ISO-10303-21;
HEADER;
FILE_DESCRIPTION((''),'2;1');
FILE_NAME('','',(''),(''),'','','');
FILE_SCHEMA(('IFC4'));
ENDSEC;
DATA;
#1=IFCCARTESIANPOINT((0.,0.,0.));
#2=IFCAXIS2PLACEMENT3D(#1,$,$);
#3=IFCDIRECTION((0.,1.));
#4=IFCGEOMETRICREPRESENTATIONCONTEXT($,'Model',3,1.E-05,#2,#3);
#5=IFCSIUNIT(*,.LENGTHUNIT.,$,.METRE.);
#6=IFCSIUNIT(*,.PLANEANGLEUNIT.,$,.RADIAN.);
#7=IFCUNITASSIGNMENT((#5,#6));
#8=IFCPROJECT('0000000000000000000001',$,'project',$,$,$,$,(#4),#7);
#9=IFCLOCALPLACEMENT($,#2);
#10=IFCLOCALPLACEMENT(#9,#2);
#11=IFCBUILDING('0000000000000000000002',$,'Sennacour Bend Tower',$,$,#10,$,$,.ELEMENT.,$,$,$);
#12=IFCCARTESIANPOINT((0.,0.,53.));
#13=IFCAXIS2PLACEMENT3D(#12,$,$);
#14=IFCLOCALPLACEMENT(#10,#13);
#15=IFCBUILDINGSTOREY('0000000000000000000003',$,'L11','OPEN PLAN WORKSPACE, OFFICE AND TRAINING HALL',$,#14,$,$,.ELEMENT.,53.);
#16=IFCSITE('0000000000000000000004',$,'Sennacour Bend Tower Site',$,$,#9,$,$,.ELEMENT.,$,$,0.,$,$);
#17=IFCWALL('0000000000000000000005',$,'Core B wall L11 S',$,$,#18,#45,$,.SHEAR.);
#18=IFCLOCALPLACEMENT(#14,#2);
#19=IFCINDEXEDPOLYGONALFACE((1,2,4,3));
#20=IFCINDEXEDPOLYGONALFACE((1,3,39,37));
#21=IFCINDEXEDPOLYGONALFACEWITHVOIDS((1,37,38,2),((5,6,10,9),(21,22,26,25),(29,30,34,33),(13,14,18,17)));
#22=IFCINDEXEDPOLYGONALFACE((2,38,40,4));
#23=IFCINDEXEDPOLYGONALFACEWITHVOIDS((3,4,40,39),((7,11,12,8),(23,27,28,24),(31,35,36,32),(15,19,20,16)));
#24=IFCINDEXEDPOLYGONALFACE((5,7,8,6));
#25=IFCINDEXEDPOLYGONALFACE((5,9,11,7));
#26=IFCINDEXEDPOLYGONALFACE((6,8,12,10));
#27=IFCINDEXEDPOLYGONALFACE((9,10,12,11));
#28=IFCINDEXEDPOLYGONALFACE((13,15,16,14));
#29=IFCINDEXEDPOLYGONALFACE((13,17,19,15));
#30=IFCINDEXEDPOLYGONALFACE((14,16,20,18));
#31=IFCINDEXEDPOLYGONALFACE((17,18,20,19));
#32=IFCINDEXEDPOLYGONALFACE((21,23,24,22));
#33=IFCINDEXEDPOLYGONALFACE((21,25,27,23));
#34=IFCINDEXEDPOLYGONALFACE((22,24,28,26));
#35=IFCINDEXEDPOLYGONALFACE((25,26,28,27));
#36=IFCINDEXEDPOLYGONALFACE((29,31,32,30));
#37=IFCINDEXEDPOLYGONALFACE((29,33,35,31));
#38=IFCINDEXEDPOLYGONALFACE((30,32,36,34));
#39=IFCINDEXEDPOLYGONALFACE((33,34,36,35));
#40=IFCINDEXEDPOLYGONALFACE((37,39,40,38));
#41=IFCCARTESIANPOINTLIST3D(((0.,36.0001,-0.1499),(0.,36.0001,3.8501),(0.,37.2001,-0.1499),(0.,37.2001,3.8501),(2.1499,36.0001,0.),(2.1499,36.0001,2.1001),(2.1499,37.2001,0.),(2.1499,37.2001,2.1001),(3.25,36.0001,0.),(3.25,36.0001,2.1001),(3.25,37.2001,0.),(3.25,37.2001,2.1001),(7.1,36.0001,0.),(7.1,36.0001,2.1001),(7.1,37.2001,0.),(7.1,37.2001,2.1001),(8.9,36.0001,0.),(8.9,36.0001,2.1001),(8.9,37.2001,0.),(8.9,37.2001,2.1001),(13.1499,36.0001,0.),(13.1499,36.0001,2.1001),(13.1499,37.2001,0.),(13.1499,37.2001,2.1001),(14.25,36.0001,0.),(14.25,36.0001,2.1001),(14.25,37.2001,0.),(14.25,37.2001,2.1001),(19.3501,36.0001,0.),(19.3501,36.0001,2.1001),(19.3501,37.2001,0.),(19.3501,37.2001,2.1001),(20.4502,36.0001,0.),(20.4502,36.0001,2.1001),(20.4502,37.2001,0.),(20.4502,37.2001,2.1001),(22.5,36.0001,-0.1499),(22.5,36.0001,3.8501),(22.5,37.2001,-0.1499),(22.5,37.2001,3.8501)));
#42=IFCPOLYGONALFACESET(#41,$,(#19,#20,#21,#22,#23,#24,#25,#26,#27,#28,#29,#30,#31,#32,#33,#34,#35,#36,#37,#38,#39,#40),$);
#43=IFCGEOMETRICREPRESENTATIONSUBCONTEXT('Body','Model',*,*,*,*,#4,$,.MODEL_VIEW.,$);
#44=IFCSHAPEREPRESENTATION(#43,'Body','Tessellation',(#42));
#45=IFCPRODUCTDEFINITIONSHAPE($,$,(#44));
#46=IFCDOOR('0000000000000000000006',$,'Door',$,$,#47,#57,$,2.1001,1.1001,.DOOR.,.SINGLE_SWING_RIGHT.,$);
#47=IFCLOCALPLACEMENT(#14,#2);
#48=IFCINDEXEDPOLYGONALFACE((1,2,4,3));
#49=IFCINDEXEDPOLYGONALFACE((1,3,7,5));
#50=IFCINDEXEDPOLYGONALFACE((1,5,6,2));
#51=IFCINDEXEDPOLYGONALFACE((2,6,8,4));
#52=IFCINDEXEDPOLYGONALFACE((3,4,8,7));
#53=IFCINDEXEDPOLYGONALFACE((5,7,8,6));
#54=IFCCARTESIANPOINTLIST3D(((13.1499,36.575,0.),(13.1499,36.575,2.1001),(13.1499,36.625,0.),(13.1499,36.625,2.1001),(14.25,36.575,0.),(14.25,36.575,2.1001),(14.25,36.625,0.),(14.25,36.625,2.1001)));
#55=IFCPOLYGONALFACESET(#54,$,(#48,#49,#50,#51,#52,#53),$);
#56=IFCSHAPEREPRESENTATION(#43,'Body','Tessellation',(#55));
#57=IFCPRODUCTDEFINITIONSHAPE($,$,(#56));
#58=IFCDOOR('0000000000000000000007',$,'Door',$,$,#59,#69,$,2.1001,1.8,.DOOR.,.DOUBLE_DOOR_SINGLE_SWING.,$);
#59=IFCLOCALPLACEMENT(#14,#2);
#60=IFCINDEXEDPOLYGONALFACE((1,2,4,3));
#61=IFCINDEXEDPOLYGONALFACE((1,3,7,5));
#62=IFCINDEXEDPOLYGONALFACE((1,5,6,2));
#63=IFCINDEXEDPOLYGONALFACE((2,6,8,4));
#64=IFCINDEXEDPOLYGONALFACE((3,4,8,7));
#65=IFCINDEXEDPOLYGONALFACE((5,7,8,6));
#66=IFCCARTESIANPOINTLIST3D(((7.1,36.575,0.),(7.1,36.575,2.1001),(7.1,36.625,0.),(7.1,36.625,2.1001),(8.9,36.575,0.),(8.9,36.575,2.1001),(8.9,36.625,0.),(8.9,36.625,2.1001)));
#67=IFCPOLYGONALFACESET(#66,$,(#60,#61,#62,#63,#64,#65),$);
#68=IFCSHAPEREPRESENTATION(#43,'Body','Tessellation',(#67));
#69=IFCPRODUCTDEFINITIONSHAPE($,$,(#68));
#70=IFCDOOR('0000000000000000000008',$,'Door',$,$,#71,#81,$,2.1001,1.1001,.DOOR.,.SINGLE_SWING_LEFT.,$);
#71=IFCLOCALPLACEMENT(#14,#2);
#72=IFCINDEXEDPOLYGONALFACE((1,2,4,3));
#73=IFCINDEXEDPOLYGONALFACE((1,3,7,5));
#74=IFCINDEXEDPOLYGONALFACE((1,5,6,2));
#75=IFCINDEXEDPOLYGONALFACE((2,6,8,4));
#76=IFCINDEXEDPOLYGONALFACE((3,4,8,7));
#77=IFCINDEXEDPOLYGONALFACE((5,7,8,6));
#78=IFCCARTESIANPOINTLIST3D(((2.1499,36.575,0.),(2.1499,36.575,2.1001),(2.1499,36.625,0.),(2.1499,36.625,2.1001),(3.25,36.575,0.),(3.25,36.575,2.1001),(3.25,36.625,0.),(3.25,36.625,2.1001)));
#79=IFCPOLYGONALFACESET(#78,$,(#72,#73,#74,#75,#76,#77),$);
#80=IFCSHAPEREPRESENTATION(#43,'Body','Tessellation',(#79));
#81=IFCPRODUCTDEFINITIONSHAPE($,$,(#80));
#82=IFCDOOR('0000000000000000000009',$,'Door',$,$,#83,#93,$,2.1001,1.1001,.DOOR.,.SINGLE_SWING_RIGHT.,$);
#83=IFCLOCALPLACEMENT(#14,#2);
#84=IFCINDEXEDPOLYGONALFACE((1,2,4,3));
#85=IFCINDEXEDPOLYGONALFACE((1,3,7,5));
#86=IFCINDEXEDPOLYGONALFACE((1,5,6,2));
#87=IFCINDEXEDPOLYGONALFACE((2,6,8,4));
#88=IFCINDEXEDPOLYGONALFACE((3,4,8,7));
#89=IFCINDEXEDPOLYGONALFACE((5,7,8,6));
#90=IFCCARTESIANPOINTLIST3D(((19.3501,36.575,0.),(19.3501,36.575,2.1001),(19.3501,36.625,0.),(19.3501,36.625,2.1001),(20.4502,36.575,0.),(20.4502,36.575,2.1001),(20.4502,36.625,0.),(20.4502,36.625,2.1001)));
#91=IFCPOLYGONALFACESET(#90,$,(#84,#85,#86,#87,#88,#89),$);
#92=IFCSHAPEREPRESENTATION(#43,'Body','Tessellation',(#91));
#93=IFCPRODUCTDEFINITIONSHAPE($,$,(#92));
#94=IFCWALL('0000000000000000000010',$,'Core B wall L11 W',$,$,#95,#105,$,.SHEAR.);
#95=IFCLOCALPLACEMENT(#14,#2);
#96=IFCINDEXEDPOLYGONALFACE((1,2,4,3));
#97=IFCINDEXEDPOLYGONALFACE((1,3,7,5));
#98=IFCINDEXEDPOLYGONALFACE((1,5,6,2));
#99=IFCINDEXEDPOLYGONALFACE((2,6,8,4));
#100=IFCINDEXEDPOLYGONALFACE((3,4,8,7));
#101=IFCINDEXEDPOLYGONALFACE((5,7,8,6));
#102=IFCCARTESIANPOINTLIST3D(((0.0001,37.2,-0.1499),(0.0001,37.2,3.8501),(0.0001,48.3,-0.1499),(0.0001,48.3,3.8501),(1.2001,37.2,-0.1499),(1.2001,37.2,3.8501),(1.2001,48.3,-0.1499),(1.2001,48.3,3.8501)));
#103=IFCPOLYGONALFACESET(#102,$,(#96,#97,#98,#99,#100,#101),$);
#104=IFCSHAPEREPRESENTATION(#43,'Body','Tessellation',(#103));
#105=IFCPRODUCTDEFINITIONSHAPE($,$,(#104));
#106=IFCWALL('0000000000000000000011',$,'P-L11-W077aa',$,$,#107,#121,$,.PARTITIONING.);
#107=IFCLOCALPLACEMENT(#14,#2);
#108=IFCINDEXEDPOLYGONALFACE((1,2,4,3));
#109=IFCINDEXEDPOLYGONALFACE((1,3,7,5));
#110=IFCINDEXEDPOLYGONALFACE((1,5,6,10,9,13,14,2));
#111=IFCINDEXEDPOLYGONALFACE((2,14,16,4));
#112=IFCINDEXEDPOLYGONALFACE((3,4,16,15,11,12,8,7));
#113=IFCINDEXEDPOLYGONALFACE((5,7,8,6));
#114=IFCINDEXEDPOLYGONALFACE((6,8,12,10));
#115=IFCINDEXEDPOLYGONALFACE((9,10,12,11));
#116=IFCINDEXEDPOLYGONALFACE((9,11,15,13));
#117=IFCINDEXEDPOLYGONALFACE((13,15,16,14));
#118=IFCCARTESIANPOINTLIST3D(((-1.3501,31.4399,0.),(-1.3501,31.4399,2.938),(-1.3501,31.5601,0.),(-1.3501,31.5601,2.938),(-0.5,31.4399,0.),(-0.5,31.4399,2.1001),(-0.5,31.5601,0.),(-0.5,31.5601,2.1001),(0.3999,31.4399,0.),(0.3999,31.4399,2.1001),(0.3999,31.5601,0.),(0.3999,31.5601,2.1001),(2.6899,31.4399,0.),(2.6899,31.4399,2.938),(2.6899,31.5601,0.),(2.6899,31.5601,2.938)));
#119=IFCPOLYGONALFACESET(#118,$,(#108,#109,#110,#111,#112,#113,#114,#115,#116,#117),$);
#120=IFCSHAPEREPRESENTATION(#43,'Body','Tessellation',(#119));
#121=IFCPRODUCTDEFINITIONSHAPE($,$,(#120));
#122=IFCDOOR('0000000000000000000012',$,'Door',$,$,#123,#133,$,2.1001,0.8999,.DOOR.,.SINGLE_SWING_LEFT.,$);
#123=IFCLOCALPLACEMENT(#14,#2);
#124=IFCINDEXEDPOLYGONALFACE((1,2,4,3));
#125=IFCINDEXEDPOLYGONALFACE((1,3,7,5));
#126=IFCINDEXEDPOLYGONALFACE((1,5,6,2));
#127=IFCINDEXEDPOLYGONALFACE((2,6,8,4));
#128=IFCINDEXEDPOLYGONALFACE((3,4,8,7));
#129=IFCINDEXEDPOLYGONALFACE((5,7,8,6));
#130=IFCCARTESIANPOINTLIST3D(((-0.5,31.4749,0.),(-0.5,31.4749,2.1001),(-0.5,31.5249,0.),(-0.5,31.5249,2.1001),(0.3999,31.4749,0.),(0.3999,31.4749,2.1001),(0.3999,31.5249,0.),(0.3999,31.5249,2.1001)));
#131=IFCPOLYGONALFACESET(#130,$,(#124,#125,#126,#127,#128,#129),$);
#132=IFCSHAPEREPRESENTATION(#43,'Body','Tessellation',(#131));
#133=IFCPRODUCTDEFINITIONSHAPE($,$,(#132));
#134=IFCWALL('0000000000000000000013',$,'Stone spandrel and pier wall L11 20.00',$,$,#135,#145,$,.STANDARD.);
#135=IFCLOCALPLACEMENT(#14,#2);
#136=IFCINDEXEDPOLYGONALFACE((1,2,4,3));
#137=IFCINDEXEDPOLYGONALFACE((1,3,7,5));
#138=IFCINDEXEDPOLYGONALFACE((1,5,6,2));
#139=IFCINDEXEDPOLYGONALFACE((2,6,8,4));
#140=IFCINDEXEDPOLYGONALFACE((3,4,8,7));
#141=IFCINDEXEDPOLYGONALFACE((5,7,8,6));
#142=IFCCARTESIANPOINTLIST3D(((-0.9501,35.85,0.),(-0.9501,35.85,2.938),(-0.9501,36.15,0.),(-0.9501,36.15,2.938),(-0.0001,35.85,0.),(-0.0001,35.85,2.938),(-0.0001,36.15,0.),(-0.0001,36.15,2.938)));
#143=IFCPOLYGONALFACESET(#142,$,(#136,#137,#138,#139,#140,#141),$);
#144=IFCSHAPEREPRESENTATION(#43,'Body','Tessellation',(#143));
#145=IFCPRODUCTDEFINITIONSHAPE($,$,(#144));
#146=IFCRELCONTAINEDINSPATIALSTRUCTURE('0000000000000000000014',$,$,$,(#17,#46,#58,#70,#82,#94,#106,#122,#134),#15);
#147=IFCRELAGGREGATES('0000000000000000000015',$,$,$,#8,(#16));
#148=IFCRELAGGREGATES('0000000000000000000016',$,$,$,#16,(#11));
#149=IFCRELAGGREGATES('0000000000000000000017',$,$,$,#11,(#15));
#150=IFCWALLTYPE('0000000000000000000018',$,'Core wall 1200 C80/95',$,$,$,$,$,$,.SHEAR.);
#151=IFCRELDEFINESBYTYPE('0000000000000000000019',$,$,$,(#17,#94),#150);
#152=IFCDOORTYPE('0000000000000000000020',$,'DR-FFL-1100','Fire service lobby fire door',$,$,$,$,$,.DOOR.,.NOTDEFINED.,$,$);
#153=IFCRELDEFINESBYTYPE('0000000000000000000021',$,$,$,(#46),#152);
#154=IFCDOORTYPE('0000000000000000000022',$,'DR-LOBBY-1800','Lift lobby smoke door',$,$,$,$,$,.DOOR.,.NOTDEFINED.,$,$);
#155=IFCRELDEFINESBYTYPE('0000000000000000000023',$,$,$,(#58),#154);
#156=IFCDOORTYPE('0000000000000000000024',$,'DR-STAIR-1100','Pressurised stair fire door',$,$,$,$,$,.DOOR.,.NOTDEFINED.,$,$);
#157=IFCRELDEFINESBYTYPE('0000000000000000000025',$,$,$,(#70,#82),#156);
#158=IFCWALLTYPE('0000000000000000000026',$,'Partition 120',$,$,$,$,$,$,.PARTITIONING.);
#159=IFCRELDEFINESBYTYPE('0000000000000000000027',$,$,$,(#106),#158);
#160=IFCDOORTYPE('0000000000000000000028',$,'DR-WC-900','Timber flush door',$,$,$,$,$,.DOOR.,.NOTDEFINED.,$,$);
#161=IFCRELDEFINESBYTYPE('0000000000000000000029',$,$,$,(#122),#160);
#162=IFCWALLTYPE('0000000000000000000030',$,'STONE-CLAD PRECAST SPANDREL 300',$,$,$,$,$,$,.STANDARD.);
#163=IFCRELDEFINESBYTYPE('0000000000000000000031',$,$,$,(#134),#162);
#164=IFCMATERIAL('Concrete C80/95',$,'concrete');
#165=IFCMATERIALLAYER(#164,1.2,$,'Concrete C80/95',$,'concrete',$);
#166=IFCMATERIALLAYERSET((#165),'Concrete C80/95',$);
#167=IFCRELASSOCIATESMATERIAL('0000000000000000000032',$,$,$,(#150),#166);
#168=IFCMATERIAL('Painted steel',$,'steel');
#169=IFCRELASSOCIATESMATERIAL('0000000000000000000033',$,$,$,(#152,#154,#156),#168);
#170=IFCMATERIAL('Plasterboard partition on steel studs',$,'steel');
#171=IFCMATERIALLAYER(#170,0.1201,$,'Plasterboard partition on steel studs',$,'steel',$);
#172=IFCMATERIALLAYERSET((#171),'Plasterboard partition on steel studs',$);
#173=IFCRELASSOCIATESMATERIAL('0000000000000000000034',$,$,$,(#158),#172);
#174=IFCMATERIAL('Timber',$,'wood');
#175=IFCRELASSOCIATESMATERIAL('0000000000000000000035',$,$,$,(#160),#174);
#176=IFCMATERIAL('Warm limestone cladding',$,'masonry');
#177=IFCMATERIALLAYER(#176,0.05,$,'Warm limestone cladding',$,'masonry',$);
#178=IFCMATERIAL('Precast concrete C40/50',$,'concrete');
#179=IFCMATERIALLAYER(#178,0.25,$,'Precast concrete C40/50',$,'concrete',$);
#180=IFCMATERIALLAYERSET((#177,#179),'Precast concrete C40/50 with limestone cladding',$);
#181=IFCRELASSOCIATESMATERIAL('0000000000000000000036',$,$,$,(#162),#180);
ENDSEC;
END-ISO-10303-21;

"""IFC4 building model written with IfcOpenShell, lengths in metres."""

from ifc_helpers import new_model, si_unit, direction, frame, frame_2d, origin, place, context, subcontext, project, spatial, rectangle, extrude, material, layer, layer_set, type_object, element, fill, save


model = new_model("IFC4")

# Units and contexts
model_context = context("Model", 3, precision=1e-05, world=origin(), true_north=direction((0.0, 1.0)))
body_context = subcontext(model_context, "Body", "Model", "MODEL_VIEW")
ifc_project = project(units=[si_unit("LENGTHUNIT", "METRE"), si_unit("PLANEANGLEUNIT", "RADIAN")], contexts=[model_context])

# Site, building, storey
site_placement = place(None, origin())
site = spatial("IfcSite", under=ifc_project, at=site_placement, Name="Sennacour Bend Tower Site", CompositionType="ELEMENT", RefElevation=0.0)
building_placement = place(site_placement, origin())
building = spatial("IfcBuilding", under=site, at=building_placement, Name="Sennacour Bend Tower", CompositionType="ELEMENT")
storey_placement = place(building_placement, frame((0.0, 0.0, 53.0)))
storey = spatial("IfcBuildingStorey", under=building, at=storey_placement, Name="L11", Description="OPEN PLAN WORKSPACE, OFFICE AND TRAINING HALL", CompositionType="ELEMENT", Elevation=53.0)

# Wall, openings, doors
ifc_material_1 = material(Name="Concrete C80/95", Category="concrete")
ifc_layer_1 = layer(ifc_material_1, 1.2, Name="Concrete C80/95", Category="concrete")
ifc_layer_set_1 = layer_set([ifc_layer_1], Name="Concrete C80/95")
wall_type_1 = type_object("IfcWallType", Name="Core wall 1200 C80/95", PredefinedType="SHEAR", material=ifc_layer_set_1)
wall_1_placement = place(storey_placement, frame((0.0, 36.6001, -0.1499), z_axis=(0.0, 0.0, 1.0), x_axis=(1.0, 0.0, 0.0)))
wall_1 = element("IfcWall", 1, at=wall_1_placement, inside=storey, type_object=wall_type_1, Name="Core B wall L11 S", PredefinedType="SHEAR", context=body_context, shape_type="SweptSolid", body=[
    extrude(rectangle(XDim=22.5, YDim=1.2, at=frame_2d((11.25, 0.0))), origin(), (0.0, 0.0, 1.0), 4.0),
])
opening_1_placement = place(wall_1_placement, frame((7.1001, 0.0, 0.1499)))
opening_1 = element("IfcOpeningElement", 2, at=opening_1_placement, cuts=wall_1, PredefinedType="OPENING", context=body_context, shape_type="SweptSolid", body=[
    extrude(rectangle(XDim=1.8, YDim=2.1001, at=frame_2d((0.8999, 1.05))), frame((0.0, 0.6099, 0.0), z_axis=(0.0, -1.0, 0.0), x_axis=(1.0, 0.0, 0.0)), (0.0, 0.0, 1.0), 1.22),
])
opening_2_placement = place(wall_1_placement, frame((13.1499, 0.0, 0.1499)))
opening_2 = element("IfcOpeningElement", 3, at=opening_2_placement, cuts=wall_1, PredefinedType="OPENING", context=body_context, shape_type="SweptSolid", body=[
    extrude(rectangle(XDim=1.1001, YDim=2.1001, at=frame_2d((0.55, 1.05))), frame((0.0, 0.6099, 0.0), z_axis=(0.0, -1.0, 0.0), x_axis=(1.0, 0.0, 0.0)), (0.0, 0.0, 1.0), 1.22),
])
opening_3_placement = place(wall_1_placement, frame((2.1499, 0.0, 0.1499)))
opening_3 = element("IfcOpeningElement", 4, at=opening_3_placement, cuts=wall_1, PredefinedType="OPENING", context=body_context, shape_type="SweptSolid", body=[
    extrude(rectangle(XDim=1.1001, YDim=2.1001, at=frame_2d((0.55, 1.05))), frame((0.0, 0.6099, 0.0), z_axis=(0.0, -1.0, 0.0), x_axis=(1.0, 0.0, 0.0)), (0.0, 0.0, 1.0), 1.22),
])
opening_4_placement = place(wall_1_placement, frame((19.3501, 0.0, 0.1499)))
opening_4 = element("IfcOpeningElement", 5, at=opening_4_placement, cuts=wall_1, PredefinedType="OPENING", context=body_context, shape_type="SweptSolid", body=[
    extrude(rectangle(XDim=1.1001, YDim=2.1001, at=frame_2d((0.55, 1.05))), frame((0.0, 0.6099, 0.0), z_axis=(0.0, -1.0, 0.0), x_axis=(1.0, 0.0, 0.0)), (0.0, 0.0, 1.0), 1.22),
])
ifc_material_2 = material(Name="Painted steel", Category="steel")
door_type_1 = type_object("IfcDoorType", Name="DR-FFL-1100", Description="Fire service lobby fire door", OperationType="NOTDEFINED", PredefinedType="DOOR", material=ifc_material_2)
door_1_placement = place(opening_2_placement, origin())
door_1 = element("IfcDoor", 6, at=door_1_placement, inside=storey, type_object=door_type_1, Name="Door", OperationType="SINGLE_SWING_RIGHT", OverallHeight=2.1001, OverallWidth=1.1001, PredefinedType="DOOR", context=body_context, shape_type="SweptSolid", body=[
    extrude(rectangle(XDim=1.1001, YDim=2.1001, at=frame_2d((0.55, 1.05))), frame((0.0, 0.0249, 0.0), z_axis=(0.0, -1.0, 0.0), x_axis=(1.0, 0.0, 0.0)), (0.0, 0.0, 1.0), 0.05),
])
fill(opening_2, door_1)
door_type_2 = type_object("IfcDoorType", Name="DR-LOBBY-1800", Description="Lift lobby smoke door", OperationType="NOTDEFINED", PredefinedType="DOOR", material=ifc_material_2)
door_2_placement = place(opening_1_placement, origin())
door_2 = element("IfcDoor", 7, at=door_2_placement, inside=storey, type_object=door_type_2, Name="Door", OperationType="DOUBLE_DOOR_SINGLE_SWING", OverallHeight=2.1001, OverallWidth=1.8, PredefinedType="DOOR", context=body_context, shape_type="SweptSolid", body=[
    extrude(rectangle(XDim=1.8, YDim=2.1001, at=frame_2d((0.8999, 1.05))), frame((0.0, 0.0249, 0.0), z_axis=(0.0, -1.0, 0.0), x_axis=(1.0, 0.0, 0.0)), (0.0, 0.0, 1.0), 0.05),
])
fill(opening_1, door_2)
door_type_3 = type_object("IfcDoorType", Name="DR-STAIR-1100", Description="Pressurised stair fire door", OperationType="NOTDEFINED", PredefinedType="DOOR", material=ifc_material_2)
door_3_placement = place(opening_3_placement, origin())
door_3 = element("IfcDoor", 8, at=door_3_placement, inside=storey, type_object=door_type_3, Name="Door", OperationType="SINGLE_SWING_LEFT", OverallHeight=2.1001, OverallWidth=1.1001, PredefinedType="DOOR", context=body_context, shape_type="SweptSolid", body=[
    extrude(rectangle(XDim=1.1001, YDim=2.1001, at=frame_2d((0.55, 1.05))), frame((0.0, 0.0249, 0.0), z_axis=(0.0, -1.0, 0.0), x_axis=(1.0, 0.0, 0.0)), (0.0, 0.0, 1.0), 0.05),
])
fill(opening_3, door_3)
door_4_placement = place(opening_4_placement, origin())
door_4 = element("IfcDoor", 9, at=door_4_placement, inside=storey, type_object=door_type_3, Name="Door", OperationType="SINGLE_SWING_RIGHT", OverallHeight=2.1001, OverallWidth=1.1001, PredefinedType="DOOR", context=body_context, shape_type="SweptSolid", body=[
    extrude(rectangle(XDim=1.1001, YDim=2.1001, at=frame_2d((0.55, 1.05))), frame((0.0, 0.0249, 0.0), z_axis=(0.0, -1.0, 0.0), x_axis=(1.0, 0.0, 0.0)), (0.0, 0.0, 1.0), 0.05),
])
fill(opening_4, door_4)

# Wall
wall_2_placement = place(storey_placement, frame((0.6001, 37.2, -0.1499), z_axis=(0.0, 0.0, 1.0), x_axis=(0.0, 1.0, 0.0)))
element("IfcWall", 10, at=wall_2_placement, inside=storey, type_object=wall_type_1, Name="Core B wall L11 W", PredefinedType="SHEAR", context=body_context, shape_type="SweptSolid", body=[
    extrude(rectangle(XDim=11.1001, YDim=1.2, at=frame_2d((5.55, 0.0))), origin(), (0.0, 0.0, 1.0), 4.0),
])

# Wall, opening, door
ifc_material_3 = material(Name="Plasterboard partition on steel studs", Category="steel")
ifc_layer_2 = layer(ifc_material_3, 0.1201, Name="Plasterboard partition on steel studs", Category="steel")
ifc_layer_set_2 = layer_set([ifc_layer_2], Name="Plasterboard partition on steel studs")
wall_type_2 = type_object("IfcWallType", Name="Partition 120", PredefinedType="PARTITIONING", material=ifc_layer_set_2)
wall_3_placement = place(storey_placement, frame((-1.3501, 31.5, 0.0), z_axis=(0.0, 0.0, 1.0), x_axis=(1.0, 0.0, 0.0)))
wall_3 = element("IfcWall", 11, at=wall_3_placement, inside=storey, type_object=wall_type_2, Name="P-L11-W077aa", PredefinedType="PARTITIONING", context=body_context, shape_type="SweptSolid", body=[
    extrude(rectangle(XDim=4.04, YDim=0.1201, at=frame_2d((2.02, 0.0))), origin(), (0.0, 0.0, 1.0), 2.938),
])
opening_5_placement = place(wall_3_placement, frame((0.8501, 0.0, 0.0)))
opening_5 = element("IfcOpeningElement", 12, at=opening_5_placement, cuts=wall_3, PredefinedType="OPENING", context=body_context, shape_type="SweptSolid", body=[
    extrude(rectangle(XDim=0.8999, YDim=2.1001, at=frame_2d((0.45, 1.05))), frame((0.0, 0.0701, 0.0), z_axis=(0.0, -1.0, 0.0), x_axis=(1.0, 0.0, 0.0)), (0.0, 0.0, 1.0), 0.1401),
])
ifc_material_4 = material(Name="Timber", Category="wood")
door_type_4 = type_object("IfcDoorType", Name="DR-WC-900", Description="Timber flush door", OperationType="NOTDEFINED", PredefinedType="DOOR", material=ifc_material_4)
door_5_placement = place(opening_5_placement, origin())
door_5 = element("IfcDoor", 13, at=door_5_placement, inside=storey, type_object=door_type_4, Name="Door", OperationType="SINGLE_SWING_LEFT", OverallHeight=2.1001, OverallWidth=0.8999, PredefinedType="DOOR", context=body_context, shape_type="SweptSolid", body=[
    extrude(rectangle(XDim=0.8999, YDim=2.1001, at=frame_2d((0.45, 1.05))), frame((0.0, 0.0249, 0.0), z_axis=(0.0, -1.0, 0.0), x_axis=(1.0, 0.0, 0.0)), (0.0, 0.0, 1.0), 0.05),
])
fill(opening_5, door_5)

# Wall
ifc_material_5 = material(Name="Warm limestone cladding", Category="masonry")
ifc_layer_3 = layer(ifc_material_5, 0.05, Name="Warm limestone cladding", Category="masonry")
ifc_material_6 = material(Name="Precast concrete C40/50", Category="concrete")
ifc_layer_4 = layer(ifc_material_6, 0.25, Name="Precast concrete C40/50", Category="concrete")
ifc_layer_set_3 = layer_set([ifc_layer_3, ifc_layer_4], Name="Precast concrete C40/50 with limestone cladding")
wall_type_3 = type_object("IfcWallType", Name="STONE-CLAD PRECAST SPANDREL 300", PredefinedType="STANDARD", material=ifc_layer_set_3)
wall_4_placement = place(storey_placement, frame((0.0, 36.0, 0.0), z_axis=(0.0, 0.0, 1.0), x_axis=(-1.0, 0.0, 0.0)))
element("IfcWall", 14, at=wall_4_placement, inside=storey, type_object=wall_type_3, Name="Stone spandrel and pier wall L11 20.00", PredefinedType="STANDARD", context=body_context, shape_type="SweptSolid", body=[
    extrude(rectangle(XDim=0.95, YDim=0.3, at=frame_2d((0.4751, 0.0))), origin(), (0.0, 0.0, 1.0), 2.938),
])

save(model, "model.ifc")
